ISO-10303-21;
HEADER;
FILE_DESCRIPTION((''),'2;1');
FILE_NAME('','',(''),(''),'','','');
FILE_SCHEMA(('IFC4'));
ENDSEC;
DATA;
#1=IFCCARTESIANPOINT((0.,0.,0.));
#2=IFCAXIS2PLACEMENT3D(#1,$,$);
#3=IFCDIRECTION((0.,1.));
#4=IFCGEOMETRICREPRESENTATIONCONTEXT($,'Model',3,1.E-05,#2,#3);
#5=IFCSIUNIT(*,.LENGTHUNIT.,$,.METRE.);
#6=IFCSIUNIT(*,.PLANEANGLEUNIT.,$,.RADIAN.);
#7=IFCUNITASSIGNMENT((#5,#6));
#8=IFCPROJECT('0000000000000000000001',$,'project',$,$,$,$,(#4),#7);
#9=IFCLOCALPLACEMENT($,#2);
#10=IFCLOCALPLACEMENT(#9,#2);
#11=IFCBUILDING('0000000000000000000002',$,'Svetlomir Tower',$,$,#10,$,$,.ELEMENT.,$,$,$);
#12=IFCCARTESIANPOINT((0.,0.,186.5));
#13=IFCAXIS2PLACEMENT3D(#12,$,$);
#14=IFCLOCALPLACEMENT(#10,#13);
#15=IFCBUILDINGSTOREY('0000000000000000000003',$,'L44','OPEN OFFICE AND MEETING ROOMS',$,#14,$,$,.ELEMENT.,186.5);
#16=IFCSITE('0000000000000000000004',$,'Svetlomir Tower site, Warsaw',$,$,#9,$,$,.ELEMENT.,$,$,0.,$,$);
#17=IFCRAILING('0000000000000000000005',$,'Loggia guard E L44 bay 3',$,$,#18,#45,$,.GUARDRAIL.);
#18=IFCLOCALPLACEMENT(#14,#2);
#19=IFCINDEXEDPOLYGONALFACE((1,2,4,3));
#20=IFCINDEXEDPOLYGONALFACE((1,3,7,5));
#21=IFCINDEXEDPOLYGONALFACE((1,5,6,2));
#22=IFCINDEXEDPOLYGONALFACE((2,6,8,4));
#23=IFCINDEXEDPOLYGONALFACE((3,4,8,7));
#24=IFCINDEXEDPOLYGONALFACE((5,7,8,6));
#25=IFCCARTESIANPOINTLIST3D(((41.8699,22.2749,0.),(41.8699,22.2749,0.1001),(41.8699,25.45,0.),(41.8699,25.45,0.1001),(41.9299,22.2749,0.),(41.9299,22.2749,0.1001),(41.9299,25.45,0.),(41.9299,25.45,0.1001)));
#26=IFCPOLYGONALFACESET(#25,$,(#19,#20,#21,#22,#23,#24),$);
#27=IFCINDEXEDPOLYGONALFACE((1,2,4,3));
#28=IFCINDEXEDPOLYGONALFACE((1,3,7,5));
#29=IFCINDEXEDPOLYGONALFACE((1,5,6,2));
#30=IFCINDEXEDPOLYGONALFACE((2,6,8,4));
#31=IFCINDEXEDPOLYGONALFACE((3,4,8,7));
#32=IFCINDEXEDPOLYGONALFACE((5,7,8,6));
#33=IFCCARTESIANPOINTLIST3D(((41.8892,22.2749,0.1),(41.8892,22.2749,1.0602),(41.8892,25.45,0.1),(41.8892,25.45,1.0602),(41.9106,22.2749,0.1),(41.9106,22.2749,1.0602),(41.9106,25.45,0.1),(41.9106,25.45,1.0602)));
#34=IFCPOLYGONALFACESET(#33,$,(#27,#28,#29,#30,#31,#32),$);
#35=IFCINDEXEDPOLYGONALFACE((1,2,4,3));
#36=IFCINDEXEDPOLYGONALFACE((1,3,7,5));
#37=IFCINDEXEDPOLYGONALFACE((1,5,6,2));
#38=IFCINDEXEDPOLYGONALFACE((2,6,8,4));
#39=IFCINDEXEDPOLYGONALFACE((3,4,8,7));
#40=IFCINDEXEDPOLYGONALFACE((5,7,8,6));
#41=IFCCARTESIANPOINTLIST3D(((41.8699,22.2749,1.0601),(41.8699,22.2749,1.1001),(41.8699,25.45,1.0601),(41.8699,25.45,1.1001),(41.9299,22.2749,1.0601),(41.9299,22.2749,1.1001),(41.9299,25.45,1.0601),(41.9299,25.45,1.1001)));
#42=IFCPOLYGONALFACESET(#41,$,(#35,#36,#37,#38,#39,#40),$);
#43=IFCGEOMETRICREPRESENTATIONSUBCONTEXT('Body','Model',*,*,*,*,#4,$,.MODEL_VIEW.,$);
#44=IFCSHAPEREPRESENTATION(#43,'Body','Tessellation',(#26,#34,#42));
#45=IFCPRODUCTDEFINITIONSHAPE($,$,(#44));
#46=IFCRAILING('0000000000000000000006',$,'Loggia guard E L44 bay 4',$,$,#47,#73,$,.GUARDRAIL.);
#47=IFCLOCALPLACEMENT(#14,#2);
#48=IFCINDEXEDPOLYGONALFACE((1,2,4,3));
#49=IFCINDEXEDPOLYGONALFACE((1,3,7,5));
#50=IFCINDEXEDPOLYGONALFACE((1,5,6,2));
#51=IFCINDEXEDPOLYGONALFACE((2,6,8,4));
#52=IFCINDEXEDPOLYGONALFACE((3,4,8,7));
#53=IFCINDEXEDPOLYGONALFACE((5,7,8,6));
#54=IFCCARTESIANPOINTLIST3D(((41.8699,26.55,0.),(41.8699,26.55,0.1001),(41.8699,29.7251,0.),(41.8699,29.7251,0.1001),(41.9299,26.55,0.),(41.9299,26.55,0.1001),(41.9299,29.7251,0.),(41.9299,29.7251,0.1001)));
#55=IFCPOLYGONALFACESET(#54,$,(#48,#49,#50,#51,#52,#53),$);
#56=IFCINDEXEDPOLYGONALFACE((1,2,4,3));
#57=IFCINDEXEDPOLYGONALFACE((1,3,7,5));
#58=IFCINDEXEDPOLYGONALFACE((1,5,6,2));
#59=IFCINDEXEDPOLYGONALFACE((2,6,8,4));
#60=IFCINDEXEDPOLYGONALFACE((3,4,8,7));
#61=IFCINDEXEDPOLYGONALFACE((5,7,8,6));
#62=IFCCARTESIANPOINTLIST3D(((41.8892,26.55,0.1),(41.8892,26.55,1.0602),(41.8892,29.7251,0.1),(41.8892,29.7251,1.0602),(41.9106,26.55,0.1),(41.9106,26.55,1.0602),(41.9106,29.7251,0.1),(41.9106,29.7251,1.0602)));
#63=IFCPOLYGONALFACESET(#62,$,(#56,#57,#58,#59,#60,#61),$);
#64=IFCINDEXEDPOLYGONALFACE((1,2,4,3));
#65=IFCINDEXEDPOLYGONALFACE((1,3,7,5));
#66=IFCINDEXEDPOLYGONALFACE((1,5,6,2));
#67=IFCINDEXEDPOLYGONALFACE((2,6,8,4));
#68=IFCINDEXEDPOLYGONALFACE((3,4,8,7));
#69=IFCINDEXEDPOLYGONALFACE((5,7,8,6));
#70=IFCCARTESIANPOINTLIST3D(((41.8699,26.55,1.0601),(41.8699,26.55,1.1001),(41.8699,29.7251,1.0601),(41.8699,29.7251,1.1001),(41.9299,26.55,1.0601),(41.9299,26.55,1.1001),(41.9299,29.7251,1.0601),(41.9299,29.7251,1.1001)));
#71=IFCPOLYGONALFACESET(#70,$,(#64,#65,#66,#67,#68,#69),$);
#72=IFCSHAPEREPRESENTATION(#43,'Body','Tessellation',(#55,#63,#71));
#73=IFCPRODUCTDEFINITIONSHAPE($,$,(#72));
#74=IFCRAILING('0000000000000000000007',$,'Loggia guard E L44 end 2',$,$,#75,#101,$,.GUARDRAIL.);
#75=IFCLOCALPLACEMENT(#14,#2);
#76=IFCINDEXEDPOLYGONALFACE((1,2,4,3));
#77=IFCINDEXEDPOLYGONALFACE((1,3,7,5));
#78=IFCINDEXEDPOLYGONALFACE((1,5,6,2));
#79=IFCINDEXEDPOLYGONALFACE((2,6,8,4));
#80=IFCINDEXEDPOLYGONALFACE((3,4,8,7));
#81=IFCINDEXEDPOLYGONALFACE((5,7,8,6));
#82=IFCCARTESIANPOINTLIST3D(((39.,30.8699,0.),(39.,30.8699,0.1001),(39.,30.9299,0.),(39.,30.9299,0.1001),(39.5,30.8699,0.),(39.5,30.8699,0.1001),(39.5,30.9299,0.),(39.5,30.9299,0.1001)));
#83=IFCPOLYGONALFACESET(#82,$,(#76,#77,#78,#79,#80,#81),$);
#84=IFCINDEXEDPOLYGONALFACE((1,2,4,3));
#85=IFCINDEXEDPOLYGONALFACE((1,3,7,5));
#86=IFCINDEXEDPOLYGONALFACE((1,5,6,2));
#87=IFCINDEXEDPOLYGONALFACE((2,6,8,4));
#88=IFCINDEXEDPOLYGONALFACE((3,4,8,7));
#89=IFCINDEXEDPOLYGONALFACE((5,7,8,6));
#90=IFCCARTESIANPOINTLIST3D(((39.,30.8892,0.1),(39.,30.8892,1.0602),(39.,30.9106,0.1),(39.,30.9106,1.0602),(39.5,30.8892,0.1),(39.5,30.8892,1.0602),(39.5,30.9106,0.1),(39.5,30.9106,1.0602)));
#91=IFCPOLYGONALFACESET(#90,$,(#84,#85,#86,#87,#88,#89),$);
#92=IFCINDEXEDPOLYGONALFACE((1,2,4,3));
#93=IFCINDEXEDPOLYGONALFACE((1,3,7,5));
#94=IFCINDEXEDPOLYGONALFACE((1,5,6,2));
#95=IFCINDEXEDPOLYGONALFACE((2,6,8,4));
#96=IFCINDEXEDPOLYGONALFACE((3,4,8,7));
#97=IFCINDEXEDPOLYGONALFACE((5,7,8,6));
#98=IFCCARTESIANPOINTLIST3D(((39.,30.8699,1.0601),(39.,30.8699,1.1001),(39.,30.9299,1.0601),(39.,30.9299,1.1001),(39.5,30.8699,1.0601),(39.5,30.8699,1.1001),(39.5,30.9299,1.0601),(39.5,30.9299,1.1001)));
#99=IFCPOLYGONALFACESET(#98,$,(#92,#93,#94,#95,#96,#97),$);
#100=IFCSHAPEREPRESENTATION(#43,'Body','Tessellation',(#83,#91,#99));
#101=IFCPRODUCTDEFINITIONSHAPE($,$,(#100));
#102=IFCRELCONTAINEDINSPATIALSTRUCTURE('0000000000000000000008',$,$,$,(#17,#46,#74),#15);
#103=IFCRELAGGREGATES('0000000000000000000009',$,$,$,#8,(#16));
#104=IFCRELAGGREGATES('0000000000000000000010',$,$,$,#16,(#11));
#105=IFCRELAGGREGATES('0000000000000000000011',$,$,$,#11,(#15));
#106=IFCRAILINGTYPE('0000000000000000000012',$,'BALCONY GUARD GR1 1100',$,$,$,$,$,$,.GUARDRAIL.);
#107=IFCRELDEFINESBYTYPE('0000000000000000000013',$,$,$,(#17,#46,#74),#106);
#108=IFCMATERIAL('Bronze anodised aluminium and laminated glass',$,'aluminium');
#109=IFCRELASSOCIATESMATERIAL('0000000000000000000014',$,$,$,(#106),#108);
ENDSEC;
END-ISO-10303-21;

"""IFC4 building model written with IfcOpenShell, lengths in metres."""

from ifc_helpers import new_model, si_unit, direction, frame, origin, origin_2d, place, context, subcontext, project, spatial, rectangle, extrude, material, type_object, element, save


model = new_model("IFC4")

# Units and contexts
model_context = context("Model", 3, precision=1e-05, world=origin(), true_north=direction((0.0, 1.0)))
body_context = subcontext(model_context, "Body", "Model", "MODEL_VIEW")
ifc_project = project(units=[si_unit("LENGTHUNIT", "METRE"), si_unit("PLANEANGLEUNIT", "RADIAN")], contexts=[model_context])

# Site, building, storey
site_placement = place(None, origin())
site = spatial("IfcSite", under=ifc_project, at=site_placement, Name="Svetlomir Tower site, Warsaw", CompositionType="ELEMENT", RefElevation=0.0)
building_placement = place(site_placement, origin())
building = spatial("IfcBuilding", under=site, at=building_placement, Name="Svetlomir Tower", CompositionType="ELEMENT")
storey_placement = place(building_placement, frame((0.0, 0.0, 186.5)))
storey = spatial("IfcBuildingStorey", under=building, at=storey_placement, Name="L44", Description="OPEN OFFICE AND MEETING ROOMS", CompositionType="ELEMENT", Elevation=186.5)

# Railings
ifc_material_1 = material(Name="Bronze anodised aluminium and laminated glass", Category="aluminium")
railing_type = type_object("IfcRailingType", Name="BALCONY GUARD GR1 1100", PredefinedType="GUARDRAIL", material=ifc_material_1)
for number, where, name in (
    (1, (41.8999, 22.2749, 0.0), "Loggia guard E L44 bay 3"),
    (2, (41.8999, 26.55, 0.0), "Loggia guard E L44 bay 4"),
):
    element("IfcRailing", number, at=place(storey_placement, frame(where)), inside=storey, type_object=railing_type, Name=name, PredefinedType="GUARDRAIL", context=body_context, shape_type="SweptSolid", body=[
        extrude(rectangle(XDim=0.0601, YDim=0.1001, at=origin_2d()), frame((0.0, 0.0, 0.05), z_axis=(0.0, 1.0, 0.0), x_axis=(-1.0, 0.0, 0.0)), (0.0, 0.0, 1.0), 3.175),
        extrude(rectangle(XDim=0.0215, YDim=0.9602, at=origin_2d()), frame((0.0, 0.0, 0.5801), z_axis=(0.0, 1.0, 0.0), x_axis=(-1.0, 0.0, 0.0)), (0.0, 0.0, 1.0), 3.175),
        extrude(rectangle(XDim=0.0601, YDim=0.04, at=origin_2d()), frame((0.0, 0.0, 1.0801), z_axis=(0.0, 1.0, 0.0), x_axis=(-1.0, 0.0, 0.0)), (0.0, 0.0, 1.0), 3.175),
    ])
railing_placement = place(storey_placement, frame((39.5, 30.8999, 0.0)))
element("IfcRailing", 3, at=railing_placement, inside=storey, type_object=railing_type, Name="Loggia guard E L44 end 2", PredefinedType="GUARDRAIL", context=body_context, shape_type="SweptSolid", body=[
    extrude(rectangle(XDim=0.0601, YDim=0.1001, at=origin_2d()), frame((0.0, 0.0, 0.05), z_axis=(-1.0, 0.0, 0.0), x_axis=(0.0, -1.0, 0.0)), (0.0, 0.0, 1.0), 0.5),
    extrude(rectangle(XDim=0.0215, YDim=0.9602, at=origin_2d()), frame((0.0, 0.0, 0.5801), z_axis=(-1.0, 0.0, 0.0), x_axis=(0.0, -1.0, 0.0)), (0.0, 0.0, 1.0), 0.5),
    extrude(rectangle(XDim=0.0601, YDim=0.04, at=origin_2d()), frame((0.0, 0.0, 1.0801), z_axis=(-1.0, 0.0, 0.0), x_axis=(0.0, -1.0, 0.0)), (0.0, 0.0, 1.0), 0.5),
])

save(model, "model.ifc")
